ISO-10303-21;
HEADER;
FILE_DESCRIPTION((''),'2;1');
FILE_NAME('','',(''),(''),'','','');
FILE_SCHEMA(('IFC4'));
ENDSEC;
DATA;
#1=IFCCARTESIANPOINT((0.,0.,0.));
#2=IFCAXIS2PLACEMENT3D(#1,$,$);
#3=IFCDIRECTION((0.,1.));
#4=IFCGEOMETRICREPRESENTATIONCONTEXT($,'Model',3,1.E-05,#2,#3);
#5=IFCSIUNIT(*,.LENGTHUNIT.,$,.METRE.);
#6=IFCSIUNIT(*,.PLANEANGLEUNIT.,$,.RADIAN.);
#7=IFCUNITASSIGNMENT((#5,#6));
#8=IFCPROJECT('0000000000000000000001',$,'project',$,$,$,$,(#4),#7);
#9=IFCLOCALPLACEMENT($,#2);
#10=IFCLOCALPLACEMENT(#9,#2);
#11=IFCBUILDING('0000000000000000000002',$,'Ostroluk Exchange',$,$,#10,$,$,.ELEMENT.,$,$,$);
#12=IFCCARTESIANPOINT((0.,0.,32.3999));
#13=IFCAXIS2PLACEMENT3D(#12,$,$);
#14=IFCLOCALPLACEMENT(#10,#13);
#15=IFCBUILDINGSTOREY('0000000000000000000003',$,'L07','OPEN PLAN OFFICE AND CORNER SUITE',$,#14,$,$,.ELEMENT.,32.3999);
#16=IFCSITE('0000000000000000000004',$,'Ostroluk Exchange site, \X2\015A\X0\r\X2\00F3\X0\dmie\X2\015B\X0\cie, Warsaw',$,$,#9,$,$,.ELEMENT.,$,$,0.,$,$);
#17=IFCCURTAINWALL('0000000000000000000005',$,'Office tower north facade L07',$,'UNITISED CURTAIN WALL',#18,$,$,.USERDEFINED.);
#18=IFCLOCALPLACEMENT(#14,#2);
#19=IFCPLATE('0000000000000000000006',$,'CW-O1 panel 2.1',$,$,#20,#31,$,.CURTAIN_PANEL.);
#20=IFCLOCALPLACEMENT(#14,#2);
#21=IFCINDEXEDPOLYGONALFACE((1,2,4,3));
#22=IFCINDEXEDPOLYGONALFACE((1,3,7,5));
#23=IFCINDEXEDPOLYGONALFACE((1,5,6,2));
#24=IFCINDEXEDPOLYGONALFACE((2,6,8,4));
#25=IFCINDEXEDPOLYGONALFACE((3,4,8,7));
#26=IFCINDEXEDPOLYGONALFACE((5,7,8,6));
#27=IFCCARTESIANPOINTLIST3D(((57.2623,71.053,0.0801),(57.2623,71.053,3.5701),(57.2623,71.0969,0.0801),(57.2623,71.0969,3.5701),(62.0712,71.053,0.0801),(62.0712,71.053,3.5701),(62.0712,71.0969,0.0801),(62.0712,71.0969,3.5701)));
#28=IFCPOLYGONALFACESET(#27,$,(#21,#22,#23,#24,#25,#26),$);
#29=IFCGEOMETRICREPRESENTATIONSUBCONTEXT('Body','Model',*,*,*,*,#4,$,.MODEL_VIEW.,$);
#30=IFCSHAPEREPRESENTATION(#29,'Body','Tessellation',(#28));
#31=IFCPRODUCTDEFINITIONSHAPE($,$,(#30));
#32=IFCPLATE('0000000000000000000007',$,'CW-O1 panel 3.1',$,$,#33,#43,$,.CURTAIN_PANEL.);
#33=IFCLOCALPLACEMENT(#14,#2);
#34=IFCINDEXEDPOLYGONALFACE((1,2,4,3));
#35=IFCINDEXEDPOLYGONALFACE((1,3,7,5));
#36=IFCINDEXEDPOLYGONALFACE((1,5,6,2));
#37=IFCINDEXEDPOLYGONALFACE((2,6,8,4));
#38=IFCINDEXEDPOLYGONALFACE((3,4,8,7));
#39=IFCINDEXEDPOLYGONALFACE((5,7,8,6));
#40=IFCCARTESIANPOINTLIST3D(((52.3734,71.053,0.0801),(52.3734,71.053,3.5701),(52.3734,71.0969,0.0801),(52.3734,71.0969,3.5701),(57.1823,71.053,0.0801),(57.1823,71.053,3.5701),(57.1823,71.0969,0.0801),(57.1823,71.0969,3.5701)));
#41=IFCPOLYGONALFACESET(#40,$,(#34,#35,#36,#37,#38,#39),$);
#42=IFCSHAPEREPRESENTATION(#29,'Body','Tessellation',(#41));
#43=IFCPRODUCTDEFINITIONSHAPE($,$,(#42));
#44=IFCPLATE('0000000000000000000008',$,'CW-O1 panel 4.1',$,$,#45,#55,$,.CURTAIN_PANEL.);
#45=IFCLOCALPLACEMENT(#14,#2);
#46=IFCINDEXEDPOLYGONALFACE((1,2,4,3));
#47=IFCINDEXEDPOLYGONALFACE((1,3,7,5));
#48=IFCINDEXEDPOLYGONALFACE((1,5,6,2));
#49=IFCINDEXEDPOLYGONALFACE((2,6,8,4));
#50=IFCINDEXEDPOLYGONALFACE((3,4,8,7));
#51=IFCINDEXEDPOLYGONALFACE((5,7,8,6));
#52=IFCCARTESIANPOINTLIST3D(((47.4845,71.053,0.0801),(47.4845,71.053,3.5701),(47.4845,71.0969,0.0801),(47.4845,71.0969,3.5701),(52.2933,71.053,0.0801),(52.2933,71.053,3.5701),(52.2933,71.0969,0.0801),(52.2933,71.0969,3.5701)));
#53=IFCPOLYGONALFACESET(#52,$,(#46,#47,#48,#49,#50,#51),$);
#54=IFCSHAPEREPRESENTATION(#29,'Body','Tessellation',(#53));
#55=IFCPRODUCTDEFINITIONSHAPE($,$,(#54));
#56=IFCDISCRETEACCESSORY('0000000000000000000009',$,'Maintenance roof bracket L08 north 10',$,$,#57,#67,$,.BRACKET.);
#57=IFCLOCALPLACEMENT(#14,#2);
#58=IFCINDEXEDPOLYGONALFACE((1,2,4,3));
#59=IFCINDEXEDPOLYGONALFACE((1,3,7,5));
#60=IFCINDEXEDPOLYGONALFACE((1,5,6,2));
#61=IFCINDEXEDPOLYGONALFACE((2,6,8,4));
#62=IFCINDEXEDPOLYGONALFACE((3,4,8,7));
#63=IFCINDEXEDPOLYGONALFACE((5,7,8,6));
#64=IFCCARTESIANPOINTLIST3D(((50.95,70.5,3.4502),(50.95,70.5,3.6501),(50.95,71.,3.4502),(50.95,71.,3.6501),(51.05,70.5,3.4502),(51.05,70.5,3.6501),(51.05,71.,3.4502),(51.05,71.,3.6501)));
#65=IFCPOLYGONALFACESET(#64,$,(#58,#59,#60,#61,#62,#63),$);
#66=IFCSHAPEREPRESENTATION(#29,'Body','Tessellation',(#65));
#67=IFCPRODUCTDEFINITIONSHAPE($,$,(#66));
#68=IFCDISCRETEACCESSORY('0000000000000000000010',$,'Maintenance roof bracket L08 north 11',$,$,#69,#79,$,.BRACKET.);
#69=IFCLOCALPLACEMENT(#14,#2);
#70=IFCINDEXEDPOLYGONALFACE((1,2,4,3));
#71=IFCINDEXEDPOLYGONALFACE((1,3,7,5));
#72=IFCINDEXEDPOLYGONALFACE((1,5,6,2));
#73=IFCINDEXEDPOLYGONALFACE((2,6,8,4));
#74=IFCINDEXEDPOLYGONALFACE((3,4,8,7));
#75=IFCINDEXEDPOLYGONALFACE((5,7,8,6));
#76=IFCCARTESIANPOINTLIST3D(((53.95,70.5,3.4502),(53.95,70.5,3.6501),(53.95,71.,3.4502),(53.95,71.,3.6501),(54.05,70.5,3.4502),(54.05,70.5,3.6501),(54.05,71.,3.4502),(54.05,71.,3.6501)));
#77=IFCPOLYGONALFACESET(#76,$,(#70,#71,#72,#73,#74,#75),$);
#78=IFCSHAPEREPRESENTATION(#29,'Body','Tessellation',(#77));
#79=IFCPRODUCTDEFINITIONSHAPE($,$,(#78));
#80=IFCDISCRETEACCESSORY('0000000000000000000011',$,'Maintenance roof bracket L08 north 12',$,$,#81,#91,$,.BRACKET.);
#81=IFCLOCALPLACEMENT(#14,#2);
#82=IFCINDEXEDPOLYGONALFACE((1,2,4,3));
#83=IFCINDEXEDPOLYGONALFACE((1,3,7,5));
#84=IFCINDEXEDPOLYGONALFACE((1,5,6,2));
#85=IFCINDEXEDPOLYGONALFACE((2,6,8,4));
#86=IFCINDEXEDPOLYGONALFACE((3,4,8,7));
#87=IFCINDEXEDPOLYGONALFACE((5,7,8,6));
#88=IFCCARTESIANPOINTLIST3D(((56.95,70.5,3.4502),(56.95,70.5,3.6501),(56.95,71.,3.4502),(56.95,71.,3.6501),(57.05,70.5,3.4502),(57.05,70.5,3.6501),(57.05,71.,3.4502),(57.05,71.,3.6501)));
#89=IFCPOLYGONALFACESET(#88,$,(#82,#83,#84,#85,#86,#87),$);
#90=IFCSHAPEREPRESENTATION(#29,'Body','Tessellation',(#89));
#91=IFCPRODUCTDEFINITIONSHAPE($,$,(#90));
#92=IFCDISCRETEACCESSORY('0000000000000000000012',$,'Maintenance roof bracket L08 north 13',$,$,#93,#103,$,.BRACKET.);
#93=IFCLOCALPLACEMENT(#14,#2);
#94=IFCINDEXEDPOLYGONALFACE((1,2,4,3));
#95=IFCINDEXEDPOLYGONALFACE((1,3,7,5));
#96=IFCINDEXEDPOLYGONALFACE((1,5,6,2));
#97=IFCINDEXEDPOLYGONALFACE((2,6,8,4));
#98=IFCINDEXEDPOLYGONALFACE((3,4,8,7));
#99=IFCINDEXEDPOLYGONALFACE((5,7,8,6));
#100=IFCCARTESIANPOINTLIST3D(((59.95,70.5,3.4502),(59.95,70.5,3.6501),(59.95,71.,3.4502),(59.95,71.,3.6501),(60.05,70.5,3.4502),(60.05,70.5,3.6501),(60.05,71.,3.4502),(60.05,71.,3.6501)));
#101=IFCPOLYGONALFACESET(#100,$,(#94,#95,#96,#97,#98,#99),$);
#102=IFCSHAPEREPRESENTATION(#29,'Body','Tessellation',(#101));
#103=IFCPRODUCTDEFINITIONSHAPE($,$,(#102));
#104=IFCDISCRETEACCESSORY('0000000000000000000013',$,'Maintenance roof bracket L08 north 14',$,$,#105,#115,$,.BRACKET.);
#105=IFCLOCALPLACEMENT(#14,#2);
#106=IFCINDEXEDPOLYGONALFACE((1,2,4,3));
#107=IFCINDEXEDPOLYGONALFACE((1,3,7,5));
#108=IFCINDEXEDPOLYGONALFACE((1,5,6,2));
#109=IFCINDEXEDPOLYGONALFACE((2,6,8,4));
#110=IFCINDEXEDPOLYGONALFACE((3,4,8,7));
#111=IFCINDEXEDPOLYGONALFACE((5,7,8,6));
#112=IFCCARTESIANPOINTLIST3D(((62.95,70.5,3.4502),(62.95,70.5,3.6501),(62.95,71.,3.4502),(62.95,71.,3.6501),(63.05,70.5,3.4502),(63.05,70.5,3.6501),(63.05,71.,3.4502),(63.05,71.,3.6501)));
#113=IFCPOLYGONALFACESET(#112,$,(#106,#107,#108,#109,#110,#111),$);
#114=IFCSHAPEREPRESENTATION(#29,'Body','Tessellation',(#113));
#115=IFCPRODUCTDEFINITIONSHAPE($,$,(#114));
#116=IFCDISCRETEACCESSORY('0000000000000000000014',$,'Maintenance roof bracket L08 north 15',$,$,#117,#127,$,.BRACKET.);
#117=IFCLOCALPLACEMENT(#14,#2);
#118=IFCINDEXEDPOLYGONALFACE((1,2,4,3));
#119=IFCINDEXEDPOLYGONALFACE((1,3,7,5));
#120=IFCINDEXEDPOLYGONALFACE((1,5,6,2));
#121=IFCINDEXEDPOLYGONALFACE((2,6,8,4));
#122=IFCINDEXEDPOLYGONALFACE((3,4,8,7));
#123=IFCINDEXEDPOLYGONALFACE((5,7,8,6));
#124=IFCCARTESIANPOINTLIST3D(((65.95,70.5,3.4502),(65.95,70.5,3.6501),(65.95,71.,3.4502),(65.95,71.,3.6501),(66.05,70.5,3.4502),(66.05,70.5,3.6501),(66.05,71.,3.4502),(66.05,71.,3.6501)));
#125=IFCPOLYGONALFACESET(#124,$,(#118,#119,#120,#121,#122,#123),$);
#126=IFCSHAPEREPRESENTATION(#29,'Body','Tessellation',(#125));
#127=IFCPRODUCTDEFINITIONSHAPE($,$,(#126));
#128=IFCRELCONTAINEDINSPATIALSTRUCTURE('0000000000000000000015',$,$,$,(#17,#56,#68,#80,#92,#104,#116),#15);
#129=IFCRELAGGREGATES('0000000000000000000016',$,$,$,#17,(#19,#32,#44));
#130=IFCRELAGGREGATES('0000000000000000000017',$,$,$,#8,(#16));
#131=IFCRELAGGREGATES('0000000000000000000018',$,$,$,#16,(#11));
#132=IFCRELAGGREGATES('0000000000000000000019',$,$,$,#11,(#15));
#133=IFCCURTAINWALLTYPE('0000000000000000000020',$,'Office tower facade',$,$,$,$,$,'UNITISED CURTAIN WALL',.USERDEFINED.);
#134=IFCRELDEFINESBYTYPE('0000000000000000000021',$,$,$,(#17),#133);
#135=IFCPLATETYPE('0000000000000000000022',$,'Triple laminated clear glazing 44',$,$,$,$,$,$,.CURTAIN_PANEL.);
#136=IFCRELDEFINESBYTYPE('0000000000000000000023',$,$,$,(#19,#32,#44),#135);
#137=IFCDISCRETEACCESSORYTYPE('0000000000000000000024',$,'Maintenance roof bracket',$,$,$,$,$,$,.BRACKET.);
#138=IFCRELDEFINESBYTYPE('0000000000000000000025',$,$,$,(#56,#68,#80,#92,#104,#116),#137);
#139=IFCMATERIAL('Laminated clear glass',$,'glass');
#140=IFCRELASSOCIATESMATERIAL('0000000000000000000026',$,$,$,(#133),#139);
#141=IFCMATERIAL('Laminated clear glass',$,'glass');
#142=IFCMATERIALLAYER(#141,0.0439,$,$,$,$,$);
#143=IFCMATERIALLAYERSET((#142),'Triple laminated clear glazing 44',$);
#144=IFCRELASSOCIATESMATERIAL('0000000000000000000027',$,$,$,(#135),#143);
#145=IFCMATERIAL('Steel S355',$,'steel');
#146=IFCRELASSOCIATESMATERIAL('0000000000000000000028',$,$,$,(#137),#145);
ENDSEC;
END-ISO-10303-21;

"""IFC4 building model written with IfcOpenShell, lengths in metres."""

from ifc_helpers import new_model, si_unit, direction, frame, origin, origin_2d, place, context, subcontext, project, spatial, rectangle, extrude, material, layer, layer_set, type_object, element, aggregate, save


model = new_model("IFC4")

# Units and contexts
model_context = context("Model", 3, precision=1e-05, world=origin(), true_north=direction((0.0, 1.0)))
body_context = subcontext(model_context, "Body", "Model", "MODEL_VIEW")
ifc_project = project(units=[si_unit("LENGTHUNIT", "METRE"), si_unit("PLANEANGLEUNIT", "RADIAN")], contexts=[model_context])

# Site, building, storey
site_placement = place(None, origin())
site = spatial("IfcSite", under=ifc_project, at=site_placement, Name="Ostroluk Exchange site, Śródmieście, Warsaw", CompositionType="ELEMENT", RefElevation=0.0)
building_placement = place(site_placement, origin())
building = spatial("IfcBuilding", under=site, at=building_placement, Name="Ostroluk Exchange", CompositionType="ELEMENT")
storey_placement = place(building_placement, frame((0.0, 0.0, 32.3999)))
storey = spatial("IfcBuildingStorey", under=building, at=storey_placement, Name="L07", Description="OPEN PLAN OFFICE AND CORNER SUITE", CompositionType="ELEMENT", Elevation=32.3999)

# Curtain wall, plates
ifc_material_1 = material(Name="Laminated clear glass", Category="glass")
curtain_wall_type = type_object("IfcCurtainWallType", Name="Office tower facade", ElementType="UNITISED CURTAIN WALL", PredefinedType="USERDEFINED", material=ifc_material_1)
curtain_wall_placement = place(storey_placement, origin())
curtain_wall = element("IfcCurtainWall", 1, at=curtain_wall_placement, inside=storey, type_object=curtain_wall_type, Name="Office tower north facade L07", ObjectType="UNITISED CURTAIN WALL", PredefinedType="USERDEFINED")
ifc_material_2 = material(Name="Laminated clear glass", Category="glass")
ifc_layer = layer(ifc_material_2, 0.0439)
ifc_layer_set = layer_set([ifc_layer], Name="Triple laminated clear glazing 44")
plate_type = type_object("IfcPlateType", Name="Triple laminated clear glazing 44", PredefinedType="CURTAIN_PANEL", material=ifc_layer_set)
plate_1_placement = place(storey_placement, frame((59.6667, 71.075, 0.0801), z_axis=(0.0, 0.0, 1.0), x_axis=(-1.0, 0.0, 0.0)))
plate_1 = element("IfcPlate", 2, at=plate_1_placement, type_object=plate_type, Name="CW-O1 panel 2.1", PredefinedType="CURTAIN_PANEL", context=body_context, shape_type="SweptSolid", body=[
    extrude(rectangle(XDim=4.8088, YDim=0.0439, at=origin_2d()), origin(), (0.0, 0.0, 1.0), 3.49),
])
plate_2_placement = place(storey_placement, frame((54.7778, 71.075, 0.0801), z_axis=(0.0, 0.0, 1.0), x_axis=(-1.0, 0.0, 0.0)))
plate_2 = element("IfcPlate", 3, at=plate_2_placement, type_object=plate_type, Name="CW-O1 panel 3.1", PredefinedType="CURTAIN_PANEL", context=body_context, shape_type="SweptSolid", body=[
    extrude(rectangle(XDim=4.8088, YDim=0.0439, at=origin_2d()), origin(), (0.0, 0.0, 1.0), 3.49),
])
plate_3_placement = place(storey_placement, frame((49.8889, 71.075, 0.0801), z_axis=(0.0, 0.0, 1.0), x_axis=(-1.0, 0.0, 0.0)))
plate_3 = element("IfcPlate", 4, at=plate_3_placement, type_object=plate_type, Name="CW-O1 panel 4.1", PredefinedType="CURTAIN_PANEL", context=body_context, shape_type="SweptSolid", body=[
    extrude(rectangle(XDim=4.8088, YDim=0.0439, at=origin_2d()), origin(), (0.0, 0.0, 1.0), 3.49),
])
aggregate(curtain_wall, [plate_1, plate_2, plate_3])

# Discrete accessories
ifc_material_3 = material(Name="Steel S355", Category="steel")
discrete_accessory_type = type_object("IfcDiscreteAccessoryType", Name="Maintenance roof bracket", PredefinedType="BRACKET", material=ifc_material_3)
for number, where, z_axis, x_axis, name in (
    (5, (51.0, 70.75, 3.4502), (0.0, 0.0, 1.0), (1.0, 0.0, 0.0), "Maintenance roof bracket L08 north 10"),
    (6, (54.0, 70.75, 3.4502), (0.0, 0.0, 1.0), (1.0, 0.0, 0.0), "Maintenance roof bracket L08 north 11"),
    (7, (57.0, 70.75, 3.4502), (0.0, 0.0, 1.0), (1.0, 0.0, 0.0), "Maintenance roof bracket L08 north 12"),
    (8, (60.0, 70.75, 3.4502), (0.0, 0.0, 1.0), (1.0, 0.0, 0.0), "Maintenance roof bracket L08 north 13"),
    (9, (63.0, 70.75, 3.4502), (0.0, 0.0, 1.0), (1.0, 0.0, 0.0), "Maintenance roof bracket L08 north 14"),
    (10, (66.0, 70.75, 3.4502), (0.0, 0.0, 1.0), (1.0, 0.0, 0.0), "Maintenance roof bracket L08 north 15"),
):
    element("IfcDiscreteAccessory", number, at=place(storey_placement, frame(where, z_axis=z_axis, x_axis=x_axis)), inside=storey, type_object=discrete_accessory_type, Name=name, PredefinedType="BRACKET", context=body_context, shape_type="SweptSolid", body=[
        extrude(rectangle(XDim=0.1001, YDim=0.5, at=origin_2d()), origin(), (0.0, 0.0, 1.0), 0.2),
    ])

save(model, "model.ifc")
